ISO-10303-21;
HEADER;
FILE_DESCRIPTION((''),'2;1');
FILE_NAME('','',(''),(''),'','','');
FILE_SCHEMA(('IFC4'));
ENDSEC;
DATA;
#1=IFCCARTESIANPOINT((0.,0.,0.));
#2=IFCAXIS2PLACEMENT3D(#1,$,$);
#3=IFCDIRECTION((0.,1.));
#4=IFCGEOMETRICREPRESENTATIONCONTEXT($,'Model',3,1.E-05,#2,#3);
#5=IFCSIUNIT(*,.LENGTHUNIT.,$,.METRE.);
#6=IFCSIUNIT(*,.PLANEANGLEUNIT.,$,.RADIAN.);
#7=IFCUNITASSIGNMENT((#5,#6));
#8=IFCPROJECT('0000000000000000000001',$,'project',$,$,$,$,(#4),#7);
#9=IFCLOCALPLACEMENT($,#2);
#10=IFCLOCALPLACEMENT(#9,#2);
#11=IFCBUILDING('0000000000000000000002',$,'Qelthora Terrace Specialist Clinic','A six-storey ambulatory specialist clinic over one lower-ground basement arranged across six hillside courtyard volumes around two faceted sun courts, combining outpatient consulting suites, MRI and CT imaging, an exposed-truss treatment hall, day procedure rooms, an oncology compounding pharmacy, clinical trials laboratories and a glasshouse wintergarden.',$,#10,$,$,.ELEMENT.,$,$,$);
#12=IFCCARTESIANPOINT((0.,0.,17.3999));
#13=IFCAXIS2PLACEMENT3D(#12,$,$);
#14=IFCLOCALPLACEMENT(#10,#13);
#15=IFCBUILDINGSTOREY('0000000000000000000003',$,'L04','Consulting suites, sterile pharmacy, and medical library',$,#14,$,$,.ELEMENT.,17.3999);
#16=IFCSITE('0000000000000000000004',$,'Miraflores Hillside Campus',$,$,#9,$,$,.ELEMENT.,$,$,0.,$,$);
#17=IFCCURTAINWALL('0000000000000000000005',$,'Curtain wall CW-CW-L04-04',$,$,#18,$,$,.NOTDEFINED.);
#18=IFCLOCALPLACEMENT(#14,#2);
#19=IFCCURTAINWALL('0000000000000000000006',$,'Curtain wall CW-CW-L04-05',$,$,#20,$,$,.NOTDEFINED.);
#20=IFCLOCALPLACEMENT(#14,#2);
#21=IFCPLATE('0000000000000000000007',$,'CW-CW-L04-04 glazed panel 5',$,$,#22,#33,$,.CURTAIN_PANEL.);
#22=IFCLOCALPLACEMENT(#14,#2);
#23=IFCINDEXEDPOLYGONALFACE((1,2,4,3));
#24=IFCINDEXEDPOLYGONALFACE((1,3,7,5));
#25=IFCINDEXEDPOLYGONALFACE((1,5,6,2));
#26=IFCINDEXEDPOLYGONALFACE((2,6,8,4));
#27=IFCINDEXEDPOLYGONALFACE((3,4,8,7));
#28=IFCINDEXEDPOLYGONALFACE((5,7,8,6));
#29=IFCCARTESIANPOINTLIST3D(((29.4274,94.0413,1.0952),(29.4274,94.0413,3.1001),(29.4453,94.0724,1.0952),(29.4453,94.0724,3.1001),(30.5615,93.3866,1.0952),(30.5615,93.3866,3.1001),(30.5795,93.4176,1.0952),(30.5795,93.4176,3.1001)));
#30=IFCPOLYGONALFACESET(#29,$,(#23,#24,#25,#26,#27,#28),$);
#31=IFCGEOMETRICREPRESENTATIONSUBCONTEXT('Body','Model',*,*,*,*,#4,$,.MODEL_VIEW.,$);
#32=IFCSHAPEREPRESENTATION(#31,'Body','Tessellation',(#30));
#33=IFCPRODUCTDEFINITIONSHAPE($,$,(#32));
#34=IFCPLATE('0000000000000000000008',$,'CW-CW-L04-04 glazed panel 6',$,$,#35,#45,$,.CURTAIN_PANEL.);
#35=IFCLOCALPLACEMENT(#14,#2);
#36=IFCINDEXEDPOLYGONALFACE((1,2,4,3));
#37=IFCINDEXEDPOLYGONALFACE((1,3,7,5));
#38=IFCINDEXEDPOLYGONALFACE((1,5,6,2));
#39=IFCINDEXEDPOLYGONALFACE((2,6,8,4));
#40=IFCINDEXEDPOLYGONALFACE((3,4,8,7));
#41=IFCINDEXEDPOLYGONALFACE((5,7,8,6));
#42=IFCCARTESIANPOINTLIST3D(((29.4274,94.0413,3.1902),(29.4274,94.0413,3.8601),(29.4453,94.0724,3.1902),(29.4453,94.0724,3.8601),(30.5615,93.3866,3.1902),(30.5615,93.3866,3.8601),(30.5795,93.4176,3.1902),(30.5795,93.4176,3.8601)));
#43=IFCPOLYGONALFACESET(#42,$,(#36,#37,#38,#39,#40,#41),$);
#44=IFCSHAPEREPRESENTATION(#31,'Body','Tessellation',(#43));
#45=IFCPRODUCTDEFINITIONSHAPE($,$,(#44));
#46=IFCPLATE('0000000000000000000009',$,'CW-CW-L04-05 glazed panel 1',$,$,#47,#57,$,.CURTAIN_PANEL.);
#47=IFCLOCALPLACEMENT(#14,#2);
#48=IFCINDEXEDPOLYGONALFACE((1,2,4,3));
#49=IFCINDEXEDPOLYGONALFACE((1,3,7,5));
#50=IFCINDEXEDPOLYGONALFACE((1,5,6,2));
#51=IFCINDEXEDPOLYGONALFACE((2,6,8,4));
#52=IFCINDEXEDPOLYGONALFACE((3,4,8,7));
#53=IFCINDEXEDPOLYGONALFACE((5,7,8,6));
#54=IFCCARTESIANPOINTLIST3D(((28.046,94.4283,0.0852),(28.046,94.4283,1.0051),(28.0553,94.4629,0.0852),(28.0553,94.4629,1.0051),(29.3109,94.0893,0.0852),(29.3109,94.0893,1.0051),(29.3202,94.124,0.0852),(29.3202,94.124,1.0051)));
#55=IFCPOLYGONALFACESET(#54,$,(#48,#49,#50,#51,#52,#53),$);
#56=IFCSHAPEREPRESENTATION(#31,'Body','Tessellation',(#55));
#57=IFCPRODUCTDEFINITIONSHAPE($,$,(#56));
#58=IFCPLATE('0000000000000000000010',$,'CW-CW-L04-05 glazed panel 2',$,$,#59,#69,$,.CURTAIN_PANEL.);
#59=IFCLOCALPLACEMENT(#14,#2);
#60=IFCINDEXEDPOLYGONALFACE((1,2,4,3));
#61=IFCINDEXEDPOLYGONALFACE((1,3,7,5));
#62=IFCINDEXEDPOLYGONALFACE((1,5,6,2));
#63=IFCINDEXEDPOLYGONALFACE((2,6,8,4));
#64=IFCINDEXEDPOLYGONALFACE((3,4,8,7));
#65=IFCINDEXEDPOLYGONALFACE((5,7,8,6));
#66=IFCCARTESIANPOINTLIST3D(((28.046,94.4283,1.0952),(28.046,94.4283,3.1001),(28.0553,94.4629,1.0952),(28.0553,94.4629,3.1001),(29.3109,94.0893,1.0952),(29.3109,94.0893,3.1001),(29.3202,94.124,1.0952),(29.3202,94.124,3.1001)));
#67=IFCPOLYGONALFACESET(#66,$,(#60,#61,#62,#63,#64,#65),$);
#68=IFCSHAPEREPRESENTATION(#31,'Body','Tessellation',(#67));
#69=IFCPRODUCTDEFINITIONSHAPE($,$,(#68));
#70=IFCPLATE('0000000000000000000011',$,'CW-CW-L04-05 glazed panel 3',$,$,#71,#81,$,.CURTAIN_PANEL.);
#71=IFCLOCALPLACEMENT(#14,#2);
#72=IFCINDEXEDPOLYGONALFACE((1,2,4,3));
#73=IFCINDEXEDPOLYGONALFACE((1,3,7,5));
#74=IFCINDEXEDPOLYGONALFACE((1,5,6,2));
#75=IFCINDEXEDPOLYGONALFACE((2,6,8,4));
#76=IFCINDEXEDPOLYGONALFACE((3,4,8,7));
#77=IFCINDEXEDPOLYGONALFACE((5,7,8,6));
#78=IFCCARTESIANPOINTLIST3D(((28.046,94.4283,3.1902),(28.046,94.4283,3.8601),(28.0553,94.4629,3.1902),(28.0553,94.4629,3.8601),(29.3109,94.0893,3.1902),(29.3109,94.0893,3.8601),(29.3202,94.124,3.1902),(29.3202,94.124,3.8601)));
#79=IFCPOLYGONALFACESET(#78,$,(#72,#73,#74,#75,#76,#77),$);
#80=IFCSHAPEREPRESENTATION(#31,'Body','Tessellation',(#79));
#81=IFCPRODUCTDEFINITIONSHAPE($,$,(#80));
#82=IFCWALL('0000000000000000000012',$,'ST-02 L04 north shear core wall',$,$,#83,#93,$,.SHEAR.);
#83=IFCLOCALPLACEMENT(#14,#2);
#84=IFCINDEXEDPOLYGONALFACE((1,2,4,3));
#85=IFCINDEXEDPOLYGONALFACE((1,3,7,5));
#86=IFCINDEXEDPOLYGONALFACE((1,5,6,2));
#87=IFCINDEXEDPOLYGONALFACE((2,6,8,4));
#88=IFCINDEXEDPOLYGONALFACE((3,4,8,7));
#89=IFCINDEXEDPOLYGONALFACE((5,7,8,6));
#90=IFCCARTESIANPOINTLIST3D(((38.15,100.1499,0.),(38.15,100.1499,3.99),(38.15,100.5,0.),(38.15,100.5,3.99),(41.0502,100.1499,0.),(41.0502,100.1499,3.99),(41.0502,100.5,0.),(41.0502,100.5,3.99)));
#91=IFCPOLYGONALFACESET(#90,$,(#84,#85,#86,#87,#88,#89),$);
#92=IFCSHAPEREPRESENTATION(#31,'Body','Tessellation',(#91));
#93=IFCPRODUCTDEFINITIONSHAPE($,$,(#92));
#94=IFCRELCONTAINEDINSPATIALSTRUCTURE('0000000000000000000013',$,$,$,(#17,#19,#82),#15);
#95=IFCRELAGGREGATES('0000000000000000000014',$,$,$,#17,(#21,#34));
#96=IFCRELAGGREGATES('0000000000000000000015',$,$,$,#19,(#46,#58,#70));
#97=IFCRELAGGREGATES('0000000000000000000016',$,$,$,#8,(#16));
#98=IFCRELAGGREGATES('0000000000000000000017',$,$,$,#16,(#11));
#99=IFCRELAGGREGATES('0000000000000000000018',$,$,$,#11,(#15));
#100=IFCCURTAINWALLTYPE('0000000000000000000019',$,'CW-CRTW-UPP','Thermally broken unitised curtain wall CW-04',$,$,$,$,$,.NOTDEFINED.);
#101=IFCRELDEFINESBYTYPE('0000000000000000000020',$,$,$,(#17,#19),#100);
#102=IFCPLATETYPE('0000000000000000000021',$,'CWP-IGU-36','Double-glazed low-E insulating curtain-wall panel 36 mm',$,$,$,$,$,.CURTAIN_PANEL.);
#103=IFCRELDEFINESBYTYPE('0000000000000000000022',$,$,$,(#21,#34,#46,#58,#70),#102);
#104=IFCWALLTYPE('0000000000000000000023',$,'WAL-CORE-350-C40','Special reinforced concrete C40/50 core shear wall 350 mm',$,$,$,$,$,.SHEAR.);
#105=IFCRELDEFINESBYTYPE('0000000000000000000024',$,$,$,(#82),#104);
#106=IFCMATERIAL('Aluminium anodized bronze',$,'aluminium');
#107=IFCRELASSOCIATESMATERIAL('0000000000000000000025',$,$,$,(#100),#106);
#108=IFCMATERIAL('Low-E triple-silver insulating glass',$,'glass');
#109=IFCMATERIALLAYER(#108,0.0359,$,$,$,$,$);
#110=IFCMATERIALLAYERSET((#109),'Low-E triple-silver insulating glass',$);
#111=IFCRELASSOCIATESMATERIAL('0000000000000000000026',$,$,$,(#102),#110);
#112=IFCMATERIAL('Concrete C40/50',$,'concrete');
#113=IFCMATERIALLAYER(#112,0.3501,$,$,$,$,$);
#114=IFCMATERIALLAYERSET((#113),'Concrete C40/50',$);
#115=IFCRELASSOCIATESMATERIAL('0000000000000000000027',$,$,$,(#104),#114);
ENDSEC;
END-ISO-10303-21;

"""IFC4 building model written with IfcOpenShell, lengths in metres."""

from ifc_helpers import new_model, si_unit, direction, frame, frame_2d, origin, origin_2d, place, context, subcontext, project, spatial, rectangle, extrude, material, layer, layer_set, type_object, element, aggregate, save


model = new_model("IFC4")

# Units and contexts
model_context = context("Model", 3, precision=1e-05, world=origin(), true_north=direction((0.0, 1.0)))
body_context = subcontext(model_context, "Body", "Model", "MODEL_VIEW")
ifc_project = project(units=[si_unit("LENGTHUNIT", "METRE"), si_unit("PLANEANGLEUNIT", "RADIAN")], contexts=[model_context])

# Site, building, storey
site_placement = place(None, origin())
site = spatial("IfcSite", under=ifc_project, at=site_placement, Name="Miraflores Hillside Campus", CompositionType="ELEMENT", RefElevation=0.0)
building_placement = place(site_placement, origin())
building = spatial("IfcBuilding", under=site, at=building_placement, Name="Qelthora Terrace Specialist Clinic", Description="A six-storey ambulatory specialist clinic over one lower-ground basement arranged across six hillside courtyard volumes around two faceted sun courts, combining outpatient consulting suites, MRI and CT imaging, an exposed-truss treatment hall, day procedure rooms, an oncology compounding pharmacy, clinical trials laboratories and a glasshouse wintergarden.", CompositionType="ELEMENT")
storey_placement = place(building_placement, frame((0.0, 0.0, 17.3999)))
storey = spatial("IfcBuildingStorey", under=building, at=storey_placement, Name="L04", Description="Consulting suites, sterile pharmacy, and medical library", CompositionType="ELEMENT", Elevation=17.3999)

# Curtain wall
ifc_material_1 = material(Name="Aluminium anodized bronze", Category="aluminium")
curtain_wall_type = type_object("IfcCurtainWallType", Name="CW-CRTW-UPP", Description="Thermally broken unitised curtain wall CW-04", PredefinedType="NOTDEFINED", material=ifc_material_1)
curtain_wall_1_placement = place(storey_placement, origin())
curtain_wall_1 = element("IfcCurtainWall", 1, at=curtain_wall_1_placement, inside=storey, type_object=curtain_wall_type, Name="Curtain wall CW-CW-L04-04", PredefinedType="NOTDEFINED")

# Curtain wall
curtain_wall_2_placement = place(storey_placement, origin())
curtain_wall_2 = element("IfcCurtainWall", 2, at=curtain_wall_2_placement, inside=storey, type_object=curtain_wall_type, Name="Curtain wall CW-CW-L04-05", PredefinedType="NOTDEFINED")

# Plates
ifc_material_2 = material(Name="Low-E triple-silver insulating glass", Category="glass")
ifc_layer_1 = layer(ifc_material_2, 0.0359)
ifc_layer_set_1 = layer_set([ifc_layer_1], Name="Low-E triple-silver insulating glass")
plate_type = type_object("IfcPlateType", Name="CWP-IGU-36", Description="Double-glazed low-E insulating curtain-wall panel 36 mm", PredefinedType="CURTAIN_PANEL", material=ifc_layer_set_1)
plate_1_placement = place(storey_placement, frame((30.0034, 93.7295, 1.0952), z_axis=(0.0, 0.0, 1.0), x_axis=(-0.866025, 0.5, 0.0)))
plate_1 = element("IfcPlate", 3, at=plate_1_placement, type_object=plate_type, Name="CW-CW-L04-04 glazed panel 5", PredefinedType="CURTAIN_PANEL", context=body_context, shape_type="SweptSolid", body=[
    extrude(rectangle(XDim=1.3096, YDim=0.0359, at=origin_2d()), origin(), (0.0, 0.0, 1.0), 2.0049),
])
plate_2_placement = place(storey_placement, frame((30.0034, 93.7295, 3.1902), z_axis=(0.0, 0.0, 1.0), x_axis=(-0.866025, 0.5, 0.0)))
plate_2 = element("IfcPlate", 4, at=plate_2_placement, type_object=plate_type, Name="CW-CW-L04-04 glazed panel 6", PredefinedType="CURTAIN_PANEL", context=body_context, shape_type="SweptSolid", body=[
    extrude(rectangle(XDim=1.3096, YDim=0.0359, at=origin_2d()), origin(), (0.0, 0.0, 1.0), 0.6699),
])
aggregate(curtain_wall_1, [plate_1, plate_2])
plate_3_placement = place(storey_placement, frame((28.6831, 94.2761, 0.0852), z_axis=(0.0, 0.0, 1.0), x_axis=(-0.965925, 0.258821, 0.0)))
plate_3 = element("IfcPlate", 5, at=plate_3_placement, type_object=plate_type, Name="CW-CW-L04-05 glazed panel 1", PredefinedType="CURTAIN_PANEL", context=body_context, shape_type="SweptSolid", body=[
    extrude(rectangle(XDim=1.3096, YDim=0.0359, at=origin_2d()), origin(), (0.0, 0.0, 1.0), 0.9199),
])
plate_4_placement = place(storey_placement, frame((28.6831, 94.2761, 1.0952), z_axis=(0.0, 0.0, 1.0), x_axis=(-0.965925, 0.258821, 0.0)))
plate_4 = element("IfcPlate", 6, at=plate_4_placement, type_object=plate_type, Name="CW-CW-L04-05 glazed panel 2", PredefinedType="CURTAIN_PANEL", context=body_context, shape_type="SweptSolid", body=[
    extrude(rectangle(XDim=1.3096, YDim=0.0359, at=origin_2d()), origin(), (0.0, 0.0, 1.0), 2.0049),
])
plate_5_placement = place(storey_placement, frame((28.6831, 94.2761, 3.1902), z_axis=(0.0, 0.0, 1.0), x_axis=(-0.965925, 0.258821, 0.0)))
plate_5 = element("IfcPlate", 7, at=plate_5_placement, type_object=plate_type, Name="CW-CW-L04-05 glazed panel 3", PredefinedType="CURTAIN_PANEL", context=body_context, shape_type="SweptSolid", body=[
    extrude(rectangle(XDim=1.3096, YDim=0.0359, at=origin_2d()), origin(), (0.0, 0.0, 1.0), 0.6699),
])
aggregate(curtain_wall_2, [plate_3, plate_4, plate_5])

# Wall
ifc_material_3 = material(Name="Concrete C40/50", Category="concrete")
ifc_layer_2 = layer(ifc_material_3, 0.3501)
ifc_layer_set_2 = layer_set([ifc_layer_2], Name="Concrete C40/50")
wall_type = type_object("IfcWallType", Name="WAL-CORE-350-C40", Description="Special reinforced concrete C40/50 core shear wall 350 mm", PredefinedType="SHEAR", material=ifc_layer_set_2)
wall_placement = place(storey_placement, frame((38.1499, 100.325, 0.0), z_axis=(0.0, 0.0, 1.0), x_axis=(1.0, 0.0, 0.0)))
element("IfcWall", 8, at=wall_placement, inside=storey, type_object=wall_type, Name="ST-02 L04 north shear core wall", PredefinedType="SHEAR", context=body_context, shape_type="SweptSolid", body=[
    extrude(rectangle(XDim=2.9001, YDim=0.3501, at=frame_2d((1.4502, 0.0))), origin(), (0.0, 0.0, 1.0), 3.99),
])

save(model, "model.ifc")
